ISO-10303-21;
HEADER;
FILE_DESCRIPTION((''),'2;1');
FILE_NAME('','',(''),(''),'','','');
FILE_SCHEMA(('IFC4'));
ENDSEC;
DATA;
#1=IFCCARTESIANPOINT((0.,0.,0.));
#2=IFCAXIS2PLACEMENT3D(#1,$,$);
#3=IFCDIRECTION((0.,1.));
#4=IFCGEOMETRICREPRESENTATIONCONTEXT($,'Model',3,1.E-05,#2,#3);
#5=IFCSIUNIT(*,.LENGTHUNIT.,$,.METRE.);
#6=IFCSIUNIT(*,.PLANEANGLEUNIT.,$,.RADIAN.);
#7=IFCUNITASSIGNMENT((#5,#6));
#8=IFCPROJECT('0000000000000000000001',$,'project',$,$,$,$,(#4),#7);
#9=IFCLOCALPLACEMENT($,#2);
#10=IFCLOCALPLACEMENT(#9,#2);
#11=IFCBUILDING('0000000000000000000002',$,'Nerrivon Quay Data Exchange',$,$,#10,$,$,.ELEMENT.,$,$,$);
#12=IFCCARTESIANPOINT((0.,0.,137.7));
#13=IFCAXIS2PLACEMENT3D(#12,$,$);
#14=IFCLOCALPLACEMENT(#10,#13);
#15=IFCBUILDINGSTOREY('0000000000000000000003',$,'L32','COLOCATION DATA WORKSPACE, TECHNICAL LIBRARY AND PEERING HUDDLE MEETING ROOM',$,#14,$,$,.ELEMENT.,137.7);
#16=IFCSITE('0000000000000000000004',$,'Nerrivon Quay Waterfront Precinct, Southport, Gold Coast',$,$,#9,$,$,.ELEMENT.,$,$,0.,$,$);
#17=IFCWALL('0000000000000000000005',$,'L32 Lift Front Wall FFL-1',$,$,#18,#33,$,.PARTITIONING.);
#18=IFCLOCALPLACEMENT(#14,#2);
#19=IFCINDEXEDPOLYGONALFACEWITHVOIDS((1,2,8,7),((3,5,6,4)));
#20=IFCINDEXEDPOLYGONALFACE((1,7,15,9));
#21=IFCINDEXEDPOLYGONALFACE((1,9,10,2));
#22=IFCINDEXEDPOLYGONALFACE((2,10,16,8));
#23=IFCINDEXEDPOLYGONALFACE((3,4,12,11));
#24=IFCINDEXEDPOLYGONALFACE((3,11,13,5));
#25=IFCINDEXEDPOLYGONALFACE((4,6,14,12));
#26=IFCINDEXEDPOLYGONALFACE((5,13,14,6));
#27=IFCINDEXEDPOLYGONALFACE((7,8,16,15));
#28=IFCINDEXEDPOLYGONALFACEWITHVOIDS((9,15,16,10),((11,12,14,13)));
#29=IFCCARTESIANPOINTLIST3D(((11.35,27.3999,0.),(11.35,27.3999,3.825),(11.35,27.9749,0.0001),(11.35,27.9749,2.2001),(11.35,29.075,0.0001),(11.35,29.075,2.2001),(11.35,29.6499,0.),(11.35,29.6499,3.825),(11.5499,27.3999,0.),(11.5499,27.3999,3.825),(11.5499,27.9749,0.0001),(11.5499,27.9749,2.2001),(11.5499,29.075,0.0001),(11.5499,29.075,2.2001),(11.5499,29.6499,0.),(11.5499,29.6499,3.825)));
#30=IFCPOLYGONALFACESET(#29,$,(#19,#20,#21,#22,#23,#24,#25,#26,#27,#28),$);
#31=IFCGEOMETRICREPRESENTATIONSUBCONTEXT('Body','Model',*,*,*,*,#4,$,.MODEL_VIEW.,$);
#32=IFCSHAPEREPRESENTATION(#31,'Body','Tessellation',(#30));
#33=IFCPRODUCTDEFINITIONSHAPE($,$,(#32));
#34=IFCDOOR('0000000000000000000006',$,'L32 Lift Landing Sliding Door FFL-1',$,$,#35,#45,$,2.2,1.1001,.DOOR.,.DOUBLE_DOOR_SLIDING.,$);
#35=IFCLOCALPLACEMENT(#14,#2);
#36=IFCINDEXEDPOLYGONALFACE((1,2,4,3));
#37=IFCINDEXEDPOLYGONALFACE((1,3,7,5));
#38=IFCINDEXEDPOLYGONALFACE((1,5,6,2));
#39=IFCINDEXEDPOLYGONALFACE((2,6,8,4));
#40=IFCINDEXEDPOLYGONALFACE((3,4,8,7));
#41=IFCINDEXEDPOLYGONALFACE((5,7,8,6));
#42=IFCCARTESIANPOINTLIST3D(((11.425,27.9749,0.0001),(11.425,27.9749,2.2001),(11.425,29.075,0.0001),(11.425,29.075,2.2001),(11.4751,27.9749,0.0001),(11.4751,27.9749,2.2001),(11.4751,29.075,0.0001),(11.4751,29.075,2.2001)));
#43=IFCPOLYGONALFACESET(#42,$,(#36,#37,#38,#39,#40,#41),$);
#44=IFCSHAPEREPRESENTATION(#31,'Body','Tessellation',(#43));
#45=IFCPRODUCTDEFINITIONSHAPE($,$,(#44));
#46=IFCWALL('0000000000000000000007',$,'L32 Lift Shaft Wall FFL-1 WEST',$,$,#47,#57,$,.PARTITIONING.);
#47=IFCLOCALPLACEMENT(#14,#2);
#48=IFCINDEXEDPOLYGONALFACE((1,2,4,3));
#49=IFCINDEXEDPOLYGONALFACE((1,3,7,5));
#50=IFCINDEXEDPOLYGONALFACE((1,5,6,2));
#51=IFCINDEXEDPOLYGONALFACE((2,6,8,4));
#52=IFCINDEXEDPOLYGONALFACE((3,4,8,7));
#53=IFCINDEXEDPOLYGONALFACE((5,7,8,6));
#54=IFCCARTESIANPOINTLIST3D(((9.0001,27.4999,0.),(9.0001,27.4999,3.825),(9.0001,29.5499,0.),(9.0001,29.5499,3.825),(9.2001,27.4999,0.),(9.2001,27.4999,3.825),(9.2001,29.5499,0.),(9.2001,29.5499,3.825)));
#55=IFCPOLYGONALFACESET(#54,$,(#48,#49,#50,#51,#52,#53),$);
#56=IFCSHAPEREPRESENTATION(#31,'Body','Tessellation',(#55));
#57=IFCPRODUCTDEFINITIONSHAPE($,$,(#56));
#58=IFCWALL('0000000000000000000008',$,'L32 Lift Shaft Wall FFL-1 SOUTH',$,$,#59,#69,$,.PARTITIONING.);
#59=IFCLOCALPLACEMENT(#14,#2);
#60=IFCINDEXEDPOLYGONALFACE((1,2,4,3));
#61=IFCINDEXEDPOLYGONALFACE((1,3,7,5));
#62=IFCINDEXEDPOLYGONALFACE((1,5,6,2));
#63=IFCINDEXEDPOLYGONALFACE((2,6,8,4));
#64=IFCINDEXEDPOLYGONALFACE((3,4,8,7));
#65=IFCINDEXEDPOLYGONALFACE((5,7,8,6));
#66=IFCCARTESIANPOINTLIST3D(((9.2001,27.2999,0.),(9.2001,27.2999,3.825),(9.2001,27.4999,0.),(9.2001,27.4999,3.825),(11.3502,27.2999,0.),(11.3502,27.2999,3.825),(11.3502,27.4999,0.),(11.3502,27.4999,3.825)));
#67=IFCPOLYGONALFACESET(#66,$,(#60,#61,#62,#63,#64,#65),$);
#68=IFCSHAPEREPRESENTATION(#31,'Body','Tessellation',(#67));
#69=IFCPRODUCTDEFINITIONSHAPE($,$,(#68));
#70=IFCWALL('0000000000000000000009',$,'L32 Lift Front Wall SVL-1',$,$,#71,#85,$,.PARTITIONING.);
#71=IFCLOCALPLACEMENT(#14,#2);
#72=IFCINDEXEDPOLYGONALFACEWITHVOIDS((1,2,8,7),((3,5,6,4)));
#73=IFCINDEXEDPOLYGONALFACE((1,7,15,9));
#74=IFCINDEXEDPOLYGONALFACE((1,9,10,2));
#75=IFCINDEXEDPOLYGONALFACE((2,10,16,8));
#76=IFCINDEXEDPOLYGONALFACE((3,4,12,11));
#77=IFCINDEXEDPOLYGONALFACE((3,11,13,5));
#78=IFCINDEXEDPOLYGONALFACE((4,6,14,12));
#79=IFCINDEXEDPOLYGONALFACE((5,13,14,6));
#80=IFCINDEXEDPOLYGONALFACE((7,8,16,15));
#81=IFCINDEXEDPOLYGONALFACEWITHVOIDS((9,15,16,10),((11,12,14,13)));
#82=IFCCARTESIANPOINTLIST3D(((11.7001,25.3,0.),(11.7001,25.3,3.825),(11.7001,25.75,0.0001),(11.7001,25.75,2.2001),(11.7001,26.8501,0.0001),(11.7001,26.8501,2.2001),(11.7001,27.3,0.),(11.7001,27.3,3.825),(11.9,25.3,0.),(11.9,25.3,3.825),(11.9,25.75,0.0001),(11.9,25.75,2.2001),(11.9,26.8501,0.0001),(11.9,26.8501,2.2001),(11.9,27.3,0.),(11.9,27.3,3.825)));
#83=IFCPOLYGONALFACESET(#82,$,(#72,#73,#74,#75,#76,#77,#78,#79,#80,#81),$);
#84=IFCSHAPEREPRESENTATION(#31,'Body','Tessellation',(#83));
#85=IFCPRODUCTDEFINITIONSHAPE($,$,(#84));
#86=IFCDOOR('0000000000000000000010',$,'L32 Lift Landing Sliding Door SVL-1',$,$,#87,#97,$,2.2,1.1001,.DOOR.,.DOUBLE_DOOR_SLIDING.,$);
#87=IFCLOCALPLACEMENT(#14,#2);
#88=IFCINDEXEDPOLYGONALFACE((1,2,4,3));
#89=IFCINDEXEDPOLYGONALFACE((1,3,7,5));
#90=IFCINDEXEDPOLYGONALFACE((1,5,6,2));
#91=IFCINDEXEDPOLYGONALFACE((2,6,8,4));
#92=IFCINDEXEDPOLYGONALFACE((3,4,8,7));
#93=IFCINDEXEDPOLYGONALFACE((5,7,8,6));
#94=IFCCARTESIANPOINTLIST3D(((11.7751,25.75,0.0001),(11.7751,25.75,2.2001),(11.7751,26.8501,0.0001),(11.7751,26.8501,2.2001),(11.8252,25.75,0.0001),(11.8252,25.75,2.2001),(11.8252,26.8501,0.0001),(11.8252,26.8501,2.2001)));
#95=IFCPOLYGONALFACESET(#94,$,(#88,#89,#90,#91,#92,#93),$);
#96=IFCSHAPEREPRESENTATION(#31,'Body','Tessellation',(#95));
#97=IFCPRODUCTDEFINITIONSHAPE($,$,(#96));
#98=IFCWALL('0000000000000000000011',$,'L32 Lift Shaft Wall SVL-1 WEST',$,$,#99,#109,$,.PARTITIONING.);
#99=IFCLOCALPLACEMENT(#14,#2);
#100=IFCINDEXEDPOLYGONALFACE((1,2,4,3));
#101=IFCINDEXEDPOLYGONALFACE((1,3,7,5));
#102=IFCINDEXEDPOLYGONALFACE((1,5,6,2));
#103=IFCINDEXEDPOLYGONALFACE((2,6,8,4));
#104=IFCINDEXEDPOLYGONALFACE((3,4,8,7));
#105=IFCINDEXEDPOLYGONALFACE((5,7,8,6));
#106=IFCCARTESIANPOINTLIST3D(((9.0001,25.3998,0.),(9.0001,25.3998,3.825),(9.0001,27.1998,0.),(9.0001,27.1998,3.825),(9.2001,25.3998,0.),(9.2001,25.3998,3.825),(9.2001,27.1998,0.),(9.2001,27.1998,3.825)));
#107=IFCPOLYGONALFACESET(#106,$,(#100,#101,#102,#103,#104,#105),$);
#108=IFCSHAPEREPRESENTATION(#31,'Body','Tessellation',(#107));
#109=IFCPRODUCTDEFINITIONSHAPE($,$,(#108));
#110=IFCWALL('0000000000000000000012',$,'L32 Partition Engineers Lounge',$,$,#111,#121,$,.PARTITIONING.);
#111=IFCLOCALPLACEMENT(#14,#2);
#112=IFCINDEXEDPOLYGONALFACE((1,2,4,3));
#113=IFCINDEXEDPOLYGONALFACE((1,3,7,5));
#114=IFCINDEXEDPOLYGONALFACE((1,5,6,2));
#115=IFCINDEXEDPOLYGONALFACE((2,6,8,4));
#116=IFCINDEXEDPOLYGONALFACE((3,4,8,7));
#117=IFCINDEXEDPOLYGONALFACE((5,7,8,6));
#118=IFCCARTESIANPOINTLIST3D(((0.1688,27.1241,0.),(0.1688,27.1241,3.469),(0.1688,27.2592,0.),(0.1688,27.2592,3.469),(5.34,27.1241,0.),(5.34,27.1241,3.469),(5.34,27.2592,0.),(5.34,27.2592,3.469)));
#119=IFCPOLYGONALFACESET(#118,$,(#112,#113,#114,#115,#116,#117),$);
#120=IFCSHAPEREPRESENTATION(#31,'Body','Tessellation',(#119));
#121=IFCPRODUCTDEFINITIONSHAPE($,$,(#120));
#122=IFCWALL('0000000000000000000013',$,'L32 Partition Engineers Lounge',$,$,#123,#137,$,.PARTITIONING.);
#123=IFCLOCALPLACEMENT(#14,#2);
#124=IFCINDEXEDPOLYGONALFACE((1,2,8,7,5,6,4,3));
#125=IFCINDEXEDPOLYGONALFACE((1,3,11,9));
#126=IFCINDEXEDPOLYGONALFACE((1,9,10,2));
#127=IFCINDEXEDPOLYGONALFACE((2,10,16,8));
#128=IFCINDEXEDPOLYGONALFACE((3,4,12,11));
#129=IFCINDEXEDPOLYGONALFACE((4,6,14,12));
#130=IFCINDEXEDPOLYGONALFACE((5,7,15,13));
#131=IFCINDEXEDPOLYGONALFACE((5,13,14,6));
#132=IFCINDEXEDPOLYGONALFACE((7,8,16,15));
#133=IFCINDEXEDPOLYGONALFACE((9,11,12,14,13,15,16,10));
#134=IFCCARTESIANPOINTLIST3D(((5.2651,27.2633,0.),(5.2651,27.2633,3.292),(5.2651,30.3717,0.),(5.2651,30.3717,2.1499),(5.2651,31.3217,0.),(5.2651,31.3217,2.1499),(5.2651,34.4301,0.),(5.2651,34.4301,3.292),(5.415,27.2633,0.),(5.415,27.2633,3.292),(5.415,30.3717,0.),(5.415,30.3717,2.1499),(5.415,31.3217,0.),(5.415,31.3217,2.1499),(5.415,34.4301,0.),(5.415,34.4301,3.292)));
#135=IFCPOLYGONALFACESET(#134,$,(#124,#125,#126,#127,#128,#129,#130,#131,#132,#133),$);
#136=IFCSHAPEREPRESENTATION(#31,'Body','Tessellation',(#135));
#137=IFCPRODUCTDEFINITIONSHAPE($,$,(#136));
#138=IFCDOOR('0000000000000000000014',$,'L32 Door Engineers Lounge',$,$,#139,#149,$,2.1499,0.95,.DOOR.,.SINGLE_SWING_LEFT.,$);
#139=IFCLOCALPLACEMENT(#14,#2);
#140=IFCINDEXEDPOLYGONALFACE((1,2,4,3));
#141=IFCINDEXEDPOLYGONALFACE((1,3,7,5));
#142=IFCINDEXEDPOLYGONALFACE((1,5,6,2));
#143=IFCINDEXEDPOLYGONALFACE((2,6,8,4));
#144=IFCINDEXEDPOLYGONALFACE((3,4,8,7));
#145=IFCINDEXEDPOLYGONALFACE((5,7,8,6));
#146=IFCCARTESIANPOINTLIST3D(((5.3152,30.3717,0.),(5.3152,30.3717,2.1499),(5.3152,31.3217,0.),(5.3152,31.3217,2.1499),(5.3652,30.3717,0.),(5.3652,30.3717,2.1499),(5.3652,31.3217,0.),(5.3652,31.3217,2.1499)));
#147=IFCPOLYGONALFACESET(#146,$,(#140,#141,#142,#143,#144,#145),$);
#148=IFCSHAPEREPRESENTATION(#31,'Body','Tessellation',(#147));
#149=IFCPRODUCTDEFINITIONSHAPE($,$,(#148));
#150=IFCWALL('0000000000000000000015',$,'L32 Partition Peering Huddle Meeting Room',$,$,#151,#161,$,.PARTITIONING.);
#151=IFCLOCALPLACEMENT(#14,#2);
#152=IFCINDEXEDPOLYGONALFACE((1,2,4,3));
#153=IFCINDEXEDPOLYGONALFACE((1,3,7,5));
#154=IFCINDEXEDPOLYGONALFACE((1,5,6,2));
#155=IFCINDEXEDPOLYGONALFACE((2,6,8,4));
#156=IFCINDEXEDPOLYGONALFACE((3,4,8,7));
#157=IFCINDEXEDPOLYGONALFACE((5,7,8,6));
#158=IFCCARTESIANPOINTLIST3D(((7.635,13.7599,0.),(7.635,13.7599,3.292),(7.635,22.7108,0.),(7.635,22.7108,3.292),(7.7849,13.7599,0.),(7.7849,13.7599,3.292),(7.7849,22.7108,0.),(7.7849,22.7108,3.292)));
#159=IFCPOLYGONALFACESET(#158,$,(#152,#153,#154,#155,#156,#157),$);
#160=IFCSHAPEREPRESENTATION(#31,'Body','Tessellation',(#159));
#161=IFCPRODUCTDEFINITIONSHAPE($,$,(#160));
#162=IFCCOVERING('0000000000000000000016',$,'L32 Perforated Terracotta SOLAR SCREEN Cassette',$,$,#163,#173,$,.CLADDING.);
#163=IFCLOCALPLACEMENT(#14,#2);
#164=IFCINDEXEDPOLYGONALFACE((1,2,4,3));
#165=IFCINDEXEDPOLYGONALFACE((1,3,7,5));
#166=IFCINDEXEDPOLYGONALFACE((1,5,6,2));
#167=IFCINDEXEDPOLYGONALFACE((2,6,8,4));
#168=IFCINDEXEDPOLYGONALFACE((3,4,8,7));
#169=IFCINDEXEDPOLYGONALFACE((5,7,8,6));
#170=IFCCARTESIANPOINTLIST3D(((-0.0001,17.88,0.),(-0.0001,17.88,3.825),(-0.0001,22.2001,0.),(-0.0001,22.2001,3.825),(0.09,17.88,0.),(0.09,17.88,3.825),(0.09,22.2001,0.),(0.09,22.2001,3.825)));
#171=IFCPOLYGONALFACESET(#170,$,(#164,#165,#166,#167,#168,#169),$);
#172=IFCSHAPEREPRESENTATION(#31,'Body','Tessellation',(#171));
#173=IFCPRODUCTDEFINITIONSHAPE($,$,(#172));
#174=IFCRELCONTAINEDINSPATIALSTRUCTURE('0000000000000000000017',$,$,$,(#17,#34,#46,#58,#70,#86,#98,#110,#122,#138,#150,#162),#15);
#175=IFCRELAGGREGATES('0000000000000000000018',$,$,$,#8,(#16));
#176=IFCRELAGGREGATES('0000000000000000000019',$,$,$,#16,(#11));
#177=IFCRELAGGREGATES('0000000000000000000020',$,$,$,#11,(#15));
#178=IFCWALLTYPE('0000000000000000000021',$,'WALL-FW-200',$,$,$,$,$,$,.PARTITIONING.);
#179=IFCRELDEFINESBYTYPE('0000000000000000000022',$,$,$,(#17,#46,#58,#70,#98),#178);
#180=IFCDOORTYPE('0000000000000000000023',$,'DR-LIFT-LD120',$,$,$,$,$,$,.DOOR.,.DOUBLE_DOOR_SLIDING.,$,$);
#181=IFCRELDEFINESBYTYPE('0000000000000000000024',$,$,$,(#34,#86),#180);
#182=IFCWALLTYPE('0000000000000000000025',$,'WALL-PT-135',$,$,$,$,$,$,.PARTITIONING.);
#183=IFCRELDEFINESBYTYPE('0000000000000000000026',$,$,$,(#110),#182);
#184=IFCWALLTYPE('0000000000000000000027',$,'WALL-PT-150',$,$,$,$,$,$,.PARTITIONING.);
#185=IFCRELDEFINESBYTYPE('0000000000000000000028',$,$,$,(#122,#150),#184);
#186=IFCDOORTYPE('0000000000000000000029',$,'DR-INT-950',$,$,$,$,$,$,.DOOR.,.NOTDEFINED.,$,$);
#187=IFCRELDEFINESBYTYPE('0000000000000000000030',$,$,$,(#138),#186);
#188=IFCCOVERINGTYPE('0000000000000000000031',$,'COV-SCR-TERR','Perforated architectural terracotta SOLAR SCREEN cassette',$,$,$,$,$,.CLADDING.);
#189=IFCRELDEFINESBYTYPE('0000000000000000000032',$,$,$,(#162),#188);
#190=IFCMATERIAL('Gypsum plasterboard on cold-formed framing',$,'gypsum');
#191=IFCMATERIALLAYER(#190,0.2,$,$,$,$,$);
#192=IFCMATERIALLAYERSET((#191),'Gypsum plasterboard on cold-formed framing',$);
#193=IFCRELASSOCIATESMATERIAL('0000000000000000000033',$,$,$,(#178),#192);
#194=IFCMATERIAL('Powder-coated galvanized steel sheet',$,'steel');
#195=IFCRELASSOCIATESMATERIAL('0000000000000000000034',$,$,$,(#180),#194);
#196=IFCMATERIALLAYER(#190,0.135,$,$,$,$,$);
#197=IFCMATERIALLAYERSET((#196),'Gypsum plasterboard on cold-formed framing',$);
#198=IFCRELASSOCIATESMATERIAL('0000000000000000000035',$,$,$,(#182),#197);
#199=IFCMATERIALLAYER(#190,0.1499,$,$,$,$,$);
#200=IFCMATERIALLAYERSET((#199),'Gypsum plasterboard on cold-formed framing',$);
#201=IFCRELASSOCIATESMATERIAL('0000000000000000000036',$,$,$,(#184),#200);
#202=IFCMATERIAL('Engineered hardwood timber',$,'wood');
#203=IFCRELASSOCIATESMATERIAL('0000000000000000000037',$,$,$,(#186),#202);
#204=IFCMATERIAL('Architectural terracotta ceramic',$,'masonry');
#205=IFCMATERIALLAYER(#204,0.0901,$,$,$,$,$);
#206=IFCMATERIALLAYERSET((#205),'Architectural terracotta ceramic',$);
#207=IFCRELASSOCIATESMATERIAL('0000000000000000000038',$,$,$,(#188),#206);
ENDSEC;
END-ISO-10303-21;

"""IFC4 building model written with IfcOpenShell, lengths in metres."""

from ifc_helpers import new_model, si_unit, direction, frame, frame_2d, origin, origin_2d, place, context, subcontext, project, spatial, rectangle, extrude, material, layer, layer_set, type_object, element, fill, save


model = new_model("IFC4")

# Units and contexts
model_context = context("Model", 3, precision=1e-05, world=origin(), true_north=direction((0.0, 1.0)))
body_context = subcontext(model_context, "Body", "Model", "MODEL_VIEW")
ifc_project = project(units=[si_unit("LENGTHUNIT", "METRE"), si_unit("PLANEANGLEUNIT", "RADIAN")], contexts=[model_context])

# Site, building, storey
site_placement = place(None, origin())
site = spatial("IfcSite", under=ifc_project, at=site_placement, Name="Nerrivon Quay Waterfront Precinct, Southport, Gold Coast", CompositionType="ELEMENT", RefElevation=0.0)
building_placement = place(site_placement, origin())
building = spatial("IfcBuilding", under=site, at=building_placement, Name="Nerrivon Quay Data Exchange", CompositionType="ELEMENT")
storey_placement = place(building_placement, frame((0.0, 0.0, 137.7)))
storey = spatial("IfcBuildingStorey", under=building, at=storey_placement, Name="L32", Description="COLOCATION DATA WORKSPACE, TECHNICAL LIBRARY AND PEERING HUDDLE MEETING ROOM", CompositionType="ELEMENT", Elevation=137.7)

# Wall, opening, door
ifc_material_1 = material(Name="Powder-coated galvanized steel sheet", Category="steel")
ifc_material_2 = material(Name="Gypsum plasterboard on cold-formed framing", Category="gypsum")
ifc_layer_1 = layer(ifc_material_2, 0.2)
ifc_layer_set_1 = layer_set([ifc_layer_1], Name="Gypsum plasterboard on cold-formed framing")
wall_type_1 = type_object("IfcWallType", Name="WALL-FW-200", PredefinedType="PARTITIONING", material=ifc_layer_set_1)
wall_1_placement = place(storey_placement, frame((11.45, 27.3999, 0.0), z_axis=(0.0, 0.0, 1.0), x_axis=(0.0, 1.0, 0.0)))
wall_1 = element("IfcWall", 1, at=wall_1_placement, inside=storey, type_object=wall_type_1, Name="L32 Lift Front Wall FFL-1", PredefinedType="PARTITIONING", context=body_context, shape_type="SweptSolid", body=[
    extrude(rectangle(XDim=2.25, YDim=0.2, at=frame_2d((1.125, 0.0))), origin(), (0.0, 0.0, 1.0), 3.825),
])
opening_1_placement = place(wall_1_placement, frame((0.575, 0.0, 0.0)))
opening_1 = element("IfcOpeningElement", 2, at=opening_1_placement, cuts=wall_1, PredefinedType="OPENING", context=body_context, shape_type="SweptSolid", body=[
    extrude(rectangle(XDim=1.1001, YDim=2.2, at=frame_2d((0.55, 1.1001))), frame((0.0, 0.1099, 0.0), z_axis=(0.0, -1.0, 0.0), x_axis=(1.0, 0.0, 0.0)), (0.0, 0.0, 1.0), 0.22),
])
door_type_1 = type_object("IfcDoorType", Name="DR-LIFT-LD120", OperationType="DOUBLE_DOOR_SLIDING", PredefinedType="DOOR", material=ifc_material_1)
door_1_placement = place(opening_1_placement, origin())
door_1 = element("IfcDoor", 3, at=door_1_placement, inside=storey, type_object=door_type_1, Name="L32 Lift Landing Sliding Door FFL-1", OperationType="DOUBLE_DOOR_SLIDING", OverallHeight=2.2, OverallWidth=1.1001, PredefinedType="DOOR", context=body_context, shape_type="SweptSolid", body=[
    extrude(rectangle(XDim=1.1001, YDim=2.2, at=frame_2d((0.55, 1.1001))), frame((0.0, 0.0249, 0.0), z_axis=(0.0, -1.0, 0.0), x_axis=(1.0, 0.0, 0.0)), (0.0, 0.0, 1.0), 0.05),
])
fill(opening_1, door_1)

# Walls
wall_2_placement = place(storey_placement, frame((9.1001, 27.5, 0.0), z_axis=(0.0, 0.0, 1.0), x_axis=(0.0, 1.0, 0.0)))
element("IfcWall", 4, at=wall_2_placement, inside=storey, type_object=wall_type_1, Name="L32 Lift Shaft Wall FFL-1 WEST", PredefinedType="PARTITIONING", context=body_context, shape_type="SweptSolid", body=[
    extrude(rectangle(XDim=2.05, YDim=0.2, at=frame_2d((1.0249, 0.0))), origin(), (0.0, 0.0, 1.0), 3.825),
])
wall_3_placement = place(storey_placement, frame((9.2, 27.3999, 0.0), z_axis=(0.0, 0.0, 1.0), x_axis=(1.0, 0.0, 0.0)))
element("IfcWall", 5, at=wall_3_placement, inside=storey, type_object=wall_type_1, Name="L32 Lift Shaft Wall FFL-1 SOUTH", PredefinedType="PARTITIONING", context=body_context, shape_type="SweptSolid", body=[
    extrude(rectangle(XDim=2.1501, YDim=0.2, at=frame_2d((1.0752, 0.0))), origin(), (0.0, 0.0, 1.0), 3.825),
])

# Wall, opening, door
wall_4_placement = place(storey_placement, frame((11.8, 25.3, 0.0), z_axis=(0.0, 0.0, 1.0), x_axis=(0.0, 1.0, 0.0)))
wall_4 = element("IfcWall", 6, at=wall_4_placement, inside=storey, type_object=wall_type_1, Name="L32 Lift Front Wall SVL-1", PredefinedType="PARTITIONING", context=body_context, shape_type="SweptSolid", body=[
    extrude(rectangle(XDim=2.0, YDim=0.2, at=frame_2d((1.0, 0.0))), origin(), (0.0, 0.0, 1.0), 3.825),
])
opening_2_placement = place(wall_4_placement, frame((0.45, 0.0, 0.0)))
opening_2 = element("IfcOpeningElement", 7, at=opening_2_placement, cuts=wall_4, PredefinedType="OPENING", context=body_context, shape_type="SweptSolid", body=[
    extrude(rectangle(XDim=1.1001, YDim=2.2, at=frame_2d((0.55, 1.1001))), frame((0.0, 0.1099, 0.0), z_axis=(0.0, -1.0, 0.0), x_axis=(1.0, 0.0, 0.0)), (0.0, 0.0, 1.0), 0.22),
])
door_2_placement = place(opening_2_placement, origin())
door_2 = element("IfcDoor", 8, at=door_2_placement, inside=storey, type_object=door_type_1, Name="L32 Lift Landing Sliding Door SVL-1", OperationType="DOUBLE_DOOR_SLIDING", OverallHeight=2.2, OverallWidth=1.1001, PredefinedType="DOOR", context=body_context, shape_type="SweptSolid", body=[
    extrude(rectangle(XDim=1.1001, YDim=2.2, at=frame_2d((0.55, 1.1001))), frame((0.0, 0.0249, 0.0), z_axis=(0.0, -1.0, 0.0), x_axis=(1.0, 0.0, 0.0)), (0.0, 0.0, 1.0), 0.05),
])
fill(opening_2, door_2)

# Walls
wall_5_placement = place(storey_placement, frame((9.1001, 25.3999, 0.0), z_axis=(0.0, 0.0, 1.0), x_axis=(0.0, 1.0, 0.0)))
element("IfcWall", 9, at=wall_5_placement, inside=storey, type_object=wall_type_1, Name="L32 Lift Shaft Wall SVL-1 WEST", PredefinedType="PARTITIONING", context=body_context, shape_type="SweptSolid", body=[
    extrude(rectangle(XDim=1.8, YDim=0.2, at=frame_2d((0.8999, 0.0))), origin(), (0.0, 0.0, 1.0), 3.825),
])
ifc_layer_2 = layer(ifc_material_2, 0.135)
ifc_layer_set_2 = layer_set([ifc_layer_2], Name="Gypsum plasterboard on cold-formed framing")
wall_type_2 = type_object("IfcWallType", Name="WALL-PT-135", PredefinedType="PARTITIONING", material=ifc_layer_set_2)
wall_6_placement = place(storey_placement, frame((0.1689, 27.1917, 0.0), z_axis=(0.0, 0.0, 1.0), x_axis=(1.0, 0.0, 0.0)))
element("IfcWall", 10, at=wall_6_placement, inside=storey, type_object=wall_type_2, Name="L32 Partition Engineers Lounge", PredefinedType="PARTITIONING", context=body_context, shape_type="SweptSolid", body=[
    extrude(rectangle(XDim=5.1711, YDim=0.135, at=frame_2d((2.5854, 0.0))), origin(), (0.0, 0.0, 1.0), 3.469),
])

# Wall, opening, door
ifc_layer_3 = layer(ifc_material_2, 0.1499)
ifc_layer_set_3 = layer_set([ifc_layer_3], Name="Gypsum plasterboard on cold-formed framing")
wall_type_3 = type_object("IfcWallType", Name="WALL-PT-150", PredefinedType="PARTITIONING", material=ifc_layer_set_3)
wall_7_placement = place(storey_placement, frame((5.3401, 27.2632, 0.0), z_axis=(0.0, 0.0, 1.0), x_axis=(0.0, 1.0, 0.0)))
wall_7 = element("IfcWall", 11, at=wall_7_placement, inside=storey, type_object=wall_type_3, Name="L32 Partition Engineers Lounge", PredefinedType="PARTITIONING", context=body_context, shape_type="SweptSolid", body=[
    extrude(rectangle(XDim=7.1667, YDim=0.1499, at=frame_2d((3.5835, 0.0))), origin(), (0.0, 0.0, 1.0), 3.292),
])
opening_3_placement = place(wall_7_placement, frame((3.1084, 0.0, 0.0)))
opening_3 = element("IfcOpeningElement", 12, at=opening_3_placement, cuts=wall_7, PredefinedType="OPENING", context=body_context, shape_type="SweptSolid", body=[
    extrude(rectangle(XDim=0.95, YDim=2.1499, at=frame_2d((0.4751, 1.075))), frame((0.0, 0.085, 0.0), z_axis=(0.0, -1.0, 0.0), x_axis=(1.0, 0.0, 0.0)), (0.0, 0.0, 1.0), 0.1699),
])
ifc_material_3 = material(Name="Engineered hardwood timber", Category="wood")
door_type_2 = type_object("IfcDoorType", Name="DR-INT-950", OperationType="NOTDEFINED", PredefinedType="DOOR", material=ifc_material_3)
door_3_placement = place(opening_3_placement, origin())
door_3 = element("IfcDoor", 13, at=door_3_placement, inside=storey, type_object=door_type_2, Name="L32 Door Engineers Lounge", OperationType="SINGLE_SWING_LEFT", OverallHeight=2.1499, OverallWidth=0.95, PredefinedType="DOOR", context=body_context, shape_type="SweptSolid", body=[
    extrude(rectangle(XDim=0.95, YDim=2.1499, at=frame_2d((0.4751, 1.075))), frame((0.0, 0.0249, 0.0), z_axis=(0.0, -1.0, 0.0), x_axis=(1.0, 0.0, 0.0)), (0.0, 0.0, 1.0), 0.05),
])
fill(opening_3, door_3)

# Wall
wall_8_placement = place(storey_placement, frame((7.71, 22.7109, 0.0), z_axis=(0.0, 0.0, 1.0), x_axis=(0.0, -1.0, 0.0)))
element("IfcWall", 14, at=wall_8_placement, inside=storey, type_object=wall_type_3, Name="L32 Partition Peering Huddle Meeting Room", PredefinedType="PARTITIONING", context=body_context, shape_type="SweptSolid", body=[
    extrude(rectangle(XDim=8.9509, YDim=0.1499, at=frame_2d((4.4756, 0.0))), origin(), (0.0, 0.0, 1.0), 3.292),
])

# Covering
ifc_material_4 = material(Name="Architectural terracotta ceramic", Category="masonry")
ifc_layer_4 = layer(ifc_material_4, 0.0901)
ifc_layer_set_4 = layer_set([ifc_layer_4], Name="Architectural terracotta ceramic")
covering_type = type_object("IfcCoveringType", Name="COV-SCR-TERR", Description="Perforated architectural terracotta SOLAR SCREEN cassette", PredefinedType="CLADDING", material=ifc_layer_set_4)
covering_placement = place(storey_placement, frame((0.0449, 20.04, 0.0), z_axis=(0.0, 0.0, 1.0), x_axis=(0.0, 1.0, 0.0)))
element("IfcCovering", 15, at=covering_placement, inside=storey, type_object=covering_type, Name="L32 Perforated Terracotta SOLAR SCREEN Cassette", PredefinedType="CLADDING", context=body_context, shape_type="SweptSolid", body=[
    extrude(rectangle(XDim=4.3201, YDim=0.0901, at=origin_2d()), origin(), (0.0, 0.0, 1.0), 3.825),
])

save(model, "model.ifc")
